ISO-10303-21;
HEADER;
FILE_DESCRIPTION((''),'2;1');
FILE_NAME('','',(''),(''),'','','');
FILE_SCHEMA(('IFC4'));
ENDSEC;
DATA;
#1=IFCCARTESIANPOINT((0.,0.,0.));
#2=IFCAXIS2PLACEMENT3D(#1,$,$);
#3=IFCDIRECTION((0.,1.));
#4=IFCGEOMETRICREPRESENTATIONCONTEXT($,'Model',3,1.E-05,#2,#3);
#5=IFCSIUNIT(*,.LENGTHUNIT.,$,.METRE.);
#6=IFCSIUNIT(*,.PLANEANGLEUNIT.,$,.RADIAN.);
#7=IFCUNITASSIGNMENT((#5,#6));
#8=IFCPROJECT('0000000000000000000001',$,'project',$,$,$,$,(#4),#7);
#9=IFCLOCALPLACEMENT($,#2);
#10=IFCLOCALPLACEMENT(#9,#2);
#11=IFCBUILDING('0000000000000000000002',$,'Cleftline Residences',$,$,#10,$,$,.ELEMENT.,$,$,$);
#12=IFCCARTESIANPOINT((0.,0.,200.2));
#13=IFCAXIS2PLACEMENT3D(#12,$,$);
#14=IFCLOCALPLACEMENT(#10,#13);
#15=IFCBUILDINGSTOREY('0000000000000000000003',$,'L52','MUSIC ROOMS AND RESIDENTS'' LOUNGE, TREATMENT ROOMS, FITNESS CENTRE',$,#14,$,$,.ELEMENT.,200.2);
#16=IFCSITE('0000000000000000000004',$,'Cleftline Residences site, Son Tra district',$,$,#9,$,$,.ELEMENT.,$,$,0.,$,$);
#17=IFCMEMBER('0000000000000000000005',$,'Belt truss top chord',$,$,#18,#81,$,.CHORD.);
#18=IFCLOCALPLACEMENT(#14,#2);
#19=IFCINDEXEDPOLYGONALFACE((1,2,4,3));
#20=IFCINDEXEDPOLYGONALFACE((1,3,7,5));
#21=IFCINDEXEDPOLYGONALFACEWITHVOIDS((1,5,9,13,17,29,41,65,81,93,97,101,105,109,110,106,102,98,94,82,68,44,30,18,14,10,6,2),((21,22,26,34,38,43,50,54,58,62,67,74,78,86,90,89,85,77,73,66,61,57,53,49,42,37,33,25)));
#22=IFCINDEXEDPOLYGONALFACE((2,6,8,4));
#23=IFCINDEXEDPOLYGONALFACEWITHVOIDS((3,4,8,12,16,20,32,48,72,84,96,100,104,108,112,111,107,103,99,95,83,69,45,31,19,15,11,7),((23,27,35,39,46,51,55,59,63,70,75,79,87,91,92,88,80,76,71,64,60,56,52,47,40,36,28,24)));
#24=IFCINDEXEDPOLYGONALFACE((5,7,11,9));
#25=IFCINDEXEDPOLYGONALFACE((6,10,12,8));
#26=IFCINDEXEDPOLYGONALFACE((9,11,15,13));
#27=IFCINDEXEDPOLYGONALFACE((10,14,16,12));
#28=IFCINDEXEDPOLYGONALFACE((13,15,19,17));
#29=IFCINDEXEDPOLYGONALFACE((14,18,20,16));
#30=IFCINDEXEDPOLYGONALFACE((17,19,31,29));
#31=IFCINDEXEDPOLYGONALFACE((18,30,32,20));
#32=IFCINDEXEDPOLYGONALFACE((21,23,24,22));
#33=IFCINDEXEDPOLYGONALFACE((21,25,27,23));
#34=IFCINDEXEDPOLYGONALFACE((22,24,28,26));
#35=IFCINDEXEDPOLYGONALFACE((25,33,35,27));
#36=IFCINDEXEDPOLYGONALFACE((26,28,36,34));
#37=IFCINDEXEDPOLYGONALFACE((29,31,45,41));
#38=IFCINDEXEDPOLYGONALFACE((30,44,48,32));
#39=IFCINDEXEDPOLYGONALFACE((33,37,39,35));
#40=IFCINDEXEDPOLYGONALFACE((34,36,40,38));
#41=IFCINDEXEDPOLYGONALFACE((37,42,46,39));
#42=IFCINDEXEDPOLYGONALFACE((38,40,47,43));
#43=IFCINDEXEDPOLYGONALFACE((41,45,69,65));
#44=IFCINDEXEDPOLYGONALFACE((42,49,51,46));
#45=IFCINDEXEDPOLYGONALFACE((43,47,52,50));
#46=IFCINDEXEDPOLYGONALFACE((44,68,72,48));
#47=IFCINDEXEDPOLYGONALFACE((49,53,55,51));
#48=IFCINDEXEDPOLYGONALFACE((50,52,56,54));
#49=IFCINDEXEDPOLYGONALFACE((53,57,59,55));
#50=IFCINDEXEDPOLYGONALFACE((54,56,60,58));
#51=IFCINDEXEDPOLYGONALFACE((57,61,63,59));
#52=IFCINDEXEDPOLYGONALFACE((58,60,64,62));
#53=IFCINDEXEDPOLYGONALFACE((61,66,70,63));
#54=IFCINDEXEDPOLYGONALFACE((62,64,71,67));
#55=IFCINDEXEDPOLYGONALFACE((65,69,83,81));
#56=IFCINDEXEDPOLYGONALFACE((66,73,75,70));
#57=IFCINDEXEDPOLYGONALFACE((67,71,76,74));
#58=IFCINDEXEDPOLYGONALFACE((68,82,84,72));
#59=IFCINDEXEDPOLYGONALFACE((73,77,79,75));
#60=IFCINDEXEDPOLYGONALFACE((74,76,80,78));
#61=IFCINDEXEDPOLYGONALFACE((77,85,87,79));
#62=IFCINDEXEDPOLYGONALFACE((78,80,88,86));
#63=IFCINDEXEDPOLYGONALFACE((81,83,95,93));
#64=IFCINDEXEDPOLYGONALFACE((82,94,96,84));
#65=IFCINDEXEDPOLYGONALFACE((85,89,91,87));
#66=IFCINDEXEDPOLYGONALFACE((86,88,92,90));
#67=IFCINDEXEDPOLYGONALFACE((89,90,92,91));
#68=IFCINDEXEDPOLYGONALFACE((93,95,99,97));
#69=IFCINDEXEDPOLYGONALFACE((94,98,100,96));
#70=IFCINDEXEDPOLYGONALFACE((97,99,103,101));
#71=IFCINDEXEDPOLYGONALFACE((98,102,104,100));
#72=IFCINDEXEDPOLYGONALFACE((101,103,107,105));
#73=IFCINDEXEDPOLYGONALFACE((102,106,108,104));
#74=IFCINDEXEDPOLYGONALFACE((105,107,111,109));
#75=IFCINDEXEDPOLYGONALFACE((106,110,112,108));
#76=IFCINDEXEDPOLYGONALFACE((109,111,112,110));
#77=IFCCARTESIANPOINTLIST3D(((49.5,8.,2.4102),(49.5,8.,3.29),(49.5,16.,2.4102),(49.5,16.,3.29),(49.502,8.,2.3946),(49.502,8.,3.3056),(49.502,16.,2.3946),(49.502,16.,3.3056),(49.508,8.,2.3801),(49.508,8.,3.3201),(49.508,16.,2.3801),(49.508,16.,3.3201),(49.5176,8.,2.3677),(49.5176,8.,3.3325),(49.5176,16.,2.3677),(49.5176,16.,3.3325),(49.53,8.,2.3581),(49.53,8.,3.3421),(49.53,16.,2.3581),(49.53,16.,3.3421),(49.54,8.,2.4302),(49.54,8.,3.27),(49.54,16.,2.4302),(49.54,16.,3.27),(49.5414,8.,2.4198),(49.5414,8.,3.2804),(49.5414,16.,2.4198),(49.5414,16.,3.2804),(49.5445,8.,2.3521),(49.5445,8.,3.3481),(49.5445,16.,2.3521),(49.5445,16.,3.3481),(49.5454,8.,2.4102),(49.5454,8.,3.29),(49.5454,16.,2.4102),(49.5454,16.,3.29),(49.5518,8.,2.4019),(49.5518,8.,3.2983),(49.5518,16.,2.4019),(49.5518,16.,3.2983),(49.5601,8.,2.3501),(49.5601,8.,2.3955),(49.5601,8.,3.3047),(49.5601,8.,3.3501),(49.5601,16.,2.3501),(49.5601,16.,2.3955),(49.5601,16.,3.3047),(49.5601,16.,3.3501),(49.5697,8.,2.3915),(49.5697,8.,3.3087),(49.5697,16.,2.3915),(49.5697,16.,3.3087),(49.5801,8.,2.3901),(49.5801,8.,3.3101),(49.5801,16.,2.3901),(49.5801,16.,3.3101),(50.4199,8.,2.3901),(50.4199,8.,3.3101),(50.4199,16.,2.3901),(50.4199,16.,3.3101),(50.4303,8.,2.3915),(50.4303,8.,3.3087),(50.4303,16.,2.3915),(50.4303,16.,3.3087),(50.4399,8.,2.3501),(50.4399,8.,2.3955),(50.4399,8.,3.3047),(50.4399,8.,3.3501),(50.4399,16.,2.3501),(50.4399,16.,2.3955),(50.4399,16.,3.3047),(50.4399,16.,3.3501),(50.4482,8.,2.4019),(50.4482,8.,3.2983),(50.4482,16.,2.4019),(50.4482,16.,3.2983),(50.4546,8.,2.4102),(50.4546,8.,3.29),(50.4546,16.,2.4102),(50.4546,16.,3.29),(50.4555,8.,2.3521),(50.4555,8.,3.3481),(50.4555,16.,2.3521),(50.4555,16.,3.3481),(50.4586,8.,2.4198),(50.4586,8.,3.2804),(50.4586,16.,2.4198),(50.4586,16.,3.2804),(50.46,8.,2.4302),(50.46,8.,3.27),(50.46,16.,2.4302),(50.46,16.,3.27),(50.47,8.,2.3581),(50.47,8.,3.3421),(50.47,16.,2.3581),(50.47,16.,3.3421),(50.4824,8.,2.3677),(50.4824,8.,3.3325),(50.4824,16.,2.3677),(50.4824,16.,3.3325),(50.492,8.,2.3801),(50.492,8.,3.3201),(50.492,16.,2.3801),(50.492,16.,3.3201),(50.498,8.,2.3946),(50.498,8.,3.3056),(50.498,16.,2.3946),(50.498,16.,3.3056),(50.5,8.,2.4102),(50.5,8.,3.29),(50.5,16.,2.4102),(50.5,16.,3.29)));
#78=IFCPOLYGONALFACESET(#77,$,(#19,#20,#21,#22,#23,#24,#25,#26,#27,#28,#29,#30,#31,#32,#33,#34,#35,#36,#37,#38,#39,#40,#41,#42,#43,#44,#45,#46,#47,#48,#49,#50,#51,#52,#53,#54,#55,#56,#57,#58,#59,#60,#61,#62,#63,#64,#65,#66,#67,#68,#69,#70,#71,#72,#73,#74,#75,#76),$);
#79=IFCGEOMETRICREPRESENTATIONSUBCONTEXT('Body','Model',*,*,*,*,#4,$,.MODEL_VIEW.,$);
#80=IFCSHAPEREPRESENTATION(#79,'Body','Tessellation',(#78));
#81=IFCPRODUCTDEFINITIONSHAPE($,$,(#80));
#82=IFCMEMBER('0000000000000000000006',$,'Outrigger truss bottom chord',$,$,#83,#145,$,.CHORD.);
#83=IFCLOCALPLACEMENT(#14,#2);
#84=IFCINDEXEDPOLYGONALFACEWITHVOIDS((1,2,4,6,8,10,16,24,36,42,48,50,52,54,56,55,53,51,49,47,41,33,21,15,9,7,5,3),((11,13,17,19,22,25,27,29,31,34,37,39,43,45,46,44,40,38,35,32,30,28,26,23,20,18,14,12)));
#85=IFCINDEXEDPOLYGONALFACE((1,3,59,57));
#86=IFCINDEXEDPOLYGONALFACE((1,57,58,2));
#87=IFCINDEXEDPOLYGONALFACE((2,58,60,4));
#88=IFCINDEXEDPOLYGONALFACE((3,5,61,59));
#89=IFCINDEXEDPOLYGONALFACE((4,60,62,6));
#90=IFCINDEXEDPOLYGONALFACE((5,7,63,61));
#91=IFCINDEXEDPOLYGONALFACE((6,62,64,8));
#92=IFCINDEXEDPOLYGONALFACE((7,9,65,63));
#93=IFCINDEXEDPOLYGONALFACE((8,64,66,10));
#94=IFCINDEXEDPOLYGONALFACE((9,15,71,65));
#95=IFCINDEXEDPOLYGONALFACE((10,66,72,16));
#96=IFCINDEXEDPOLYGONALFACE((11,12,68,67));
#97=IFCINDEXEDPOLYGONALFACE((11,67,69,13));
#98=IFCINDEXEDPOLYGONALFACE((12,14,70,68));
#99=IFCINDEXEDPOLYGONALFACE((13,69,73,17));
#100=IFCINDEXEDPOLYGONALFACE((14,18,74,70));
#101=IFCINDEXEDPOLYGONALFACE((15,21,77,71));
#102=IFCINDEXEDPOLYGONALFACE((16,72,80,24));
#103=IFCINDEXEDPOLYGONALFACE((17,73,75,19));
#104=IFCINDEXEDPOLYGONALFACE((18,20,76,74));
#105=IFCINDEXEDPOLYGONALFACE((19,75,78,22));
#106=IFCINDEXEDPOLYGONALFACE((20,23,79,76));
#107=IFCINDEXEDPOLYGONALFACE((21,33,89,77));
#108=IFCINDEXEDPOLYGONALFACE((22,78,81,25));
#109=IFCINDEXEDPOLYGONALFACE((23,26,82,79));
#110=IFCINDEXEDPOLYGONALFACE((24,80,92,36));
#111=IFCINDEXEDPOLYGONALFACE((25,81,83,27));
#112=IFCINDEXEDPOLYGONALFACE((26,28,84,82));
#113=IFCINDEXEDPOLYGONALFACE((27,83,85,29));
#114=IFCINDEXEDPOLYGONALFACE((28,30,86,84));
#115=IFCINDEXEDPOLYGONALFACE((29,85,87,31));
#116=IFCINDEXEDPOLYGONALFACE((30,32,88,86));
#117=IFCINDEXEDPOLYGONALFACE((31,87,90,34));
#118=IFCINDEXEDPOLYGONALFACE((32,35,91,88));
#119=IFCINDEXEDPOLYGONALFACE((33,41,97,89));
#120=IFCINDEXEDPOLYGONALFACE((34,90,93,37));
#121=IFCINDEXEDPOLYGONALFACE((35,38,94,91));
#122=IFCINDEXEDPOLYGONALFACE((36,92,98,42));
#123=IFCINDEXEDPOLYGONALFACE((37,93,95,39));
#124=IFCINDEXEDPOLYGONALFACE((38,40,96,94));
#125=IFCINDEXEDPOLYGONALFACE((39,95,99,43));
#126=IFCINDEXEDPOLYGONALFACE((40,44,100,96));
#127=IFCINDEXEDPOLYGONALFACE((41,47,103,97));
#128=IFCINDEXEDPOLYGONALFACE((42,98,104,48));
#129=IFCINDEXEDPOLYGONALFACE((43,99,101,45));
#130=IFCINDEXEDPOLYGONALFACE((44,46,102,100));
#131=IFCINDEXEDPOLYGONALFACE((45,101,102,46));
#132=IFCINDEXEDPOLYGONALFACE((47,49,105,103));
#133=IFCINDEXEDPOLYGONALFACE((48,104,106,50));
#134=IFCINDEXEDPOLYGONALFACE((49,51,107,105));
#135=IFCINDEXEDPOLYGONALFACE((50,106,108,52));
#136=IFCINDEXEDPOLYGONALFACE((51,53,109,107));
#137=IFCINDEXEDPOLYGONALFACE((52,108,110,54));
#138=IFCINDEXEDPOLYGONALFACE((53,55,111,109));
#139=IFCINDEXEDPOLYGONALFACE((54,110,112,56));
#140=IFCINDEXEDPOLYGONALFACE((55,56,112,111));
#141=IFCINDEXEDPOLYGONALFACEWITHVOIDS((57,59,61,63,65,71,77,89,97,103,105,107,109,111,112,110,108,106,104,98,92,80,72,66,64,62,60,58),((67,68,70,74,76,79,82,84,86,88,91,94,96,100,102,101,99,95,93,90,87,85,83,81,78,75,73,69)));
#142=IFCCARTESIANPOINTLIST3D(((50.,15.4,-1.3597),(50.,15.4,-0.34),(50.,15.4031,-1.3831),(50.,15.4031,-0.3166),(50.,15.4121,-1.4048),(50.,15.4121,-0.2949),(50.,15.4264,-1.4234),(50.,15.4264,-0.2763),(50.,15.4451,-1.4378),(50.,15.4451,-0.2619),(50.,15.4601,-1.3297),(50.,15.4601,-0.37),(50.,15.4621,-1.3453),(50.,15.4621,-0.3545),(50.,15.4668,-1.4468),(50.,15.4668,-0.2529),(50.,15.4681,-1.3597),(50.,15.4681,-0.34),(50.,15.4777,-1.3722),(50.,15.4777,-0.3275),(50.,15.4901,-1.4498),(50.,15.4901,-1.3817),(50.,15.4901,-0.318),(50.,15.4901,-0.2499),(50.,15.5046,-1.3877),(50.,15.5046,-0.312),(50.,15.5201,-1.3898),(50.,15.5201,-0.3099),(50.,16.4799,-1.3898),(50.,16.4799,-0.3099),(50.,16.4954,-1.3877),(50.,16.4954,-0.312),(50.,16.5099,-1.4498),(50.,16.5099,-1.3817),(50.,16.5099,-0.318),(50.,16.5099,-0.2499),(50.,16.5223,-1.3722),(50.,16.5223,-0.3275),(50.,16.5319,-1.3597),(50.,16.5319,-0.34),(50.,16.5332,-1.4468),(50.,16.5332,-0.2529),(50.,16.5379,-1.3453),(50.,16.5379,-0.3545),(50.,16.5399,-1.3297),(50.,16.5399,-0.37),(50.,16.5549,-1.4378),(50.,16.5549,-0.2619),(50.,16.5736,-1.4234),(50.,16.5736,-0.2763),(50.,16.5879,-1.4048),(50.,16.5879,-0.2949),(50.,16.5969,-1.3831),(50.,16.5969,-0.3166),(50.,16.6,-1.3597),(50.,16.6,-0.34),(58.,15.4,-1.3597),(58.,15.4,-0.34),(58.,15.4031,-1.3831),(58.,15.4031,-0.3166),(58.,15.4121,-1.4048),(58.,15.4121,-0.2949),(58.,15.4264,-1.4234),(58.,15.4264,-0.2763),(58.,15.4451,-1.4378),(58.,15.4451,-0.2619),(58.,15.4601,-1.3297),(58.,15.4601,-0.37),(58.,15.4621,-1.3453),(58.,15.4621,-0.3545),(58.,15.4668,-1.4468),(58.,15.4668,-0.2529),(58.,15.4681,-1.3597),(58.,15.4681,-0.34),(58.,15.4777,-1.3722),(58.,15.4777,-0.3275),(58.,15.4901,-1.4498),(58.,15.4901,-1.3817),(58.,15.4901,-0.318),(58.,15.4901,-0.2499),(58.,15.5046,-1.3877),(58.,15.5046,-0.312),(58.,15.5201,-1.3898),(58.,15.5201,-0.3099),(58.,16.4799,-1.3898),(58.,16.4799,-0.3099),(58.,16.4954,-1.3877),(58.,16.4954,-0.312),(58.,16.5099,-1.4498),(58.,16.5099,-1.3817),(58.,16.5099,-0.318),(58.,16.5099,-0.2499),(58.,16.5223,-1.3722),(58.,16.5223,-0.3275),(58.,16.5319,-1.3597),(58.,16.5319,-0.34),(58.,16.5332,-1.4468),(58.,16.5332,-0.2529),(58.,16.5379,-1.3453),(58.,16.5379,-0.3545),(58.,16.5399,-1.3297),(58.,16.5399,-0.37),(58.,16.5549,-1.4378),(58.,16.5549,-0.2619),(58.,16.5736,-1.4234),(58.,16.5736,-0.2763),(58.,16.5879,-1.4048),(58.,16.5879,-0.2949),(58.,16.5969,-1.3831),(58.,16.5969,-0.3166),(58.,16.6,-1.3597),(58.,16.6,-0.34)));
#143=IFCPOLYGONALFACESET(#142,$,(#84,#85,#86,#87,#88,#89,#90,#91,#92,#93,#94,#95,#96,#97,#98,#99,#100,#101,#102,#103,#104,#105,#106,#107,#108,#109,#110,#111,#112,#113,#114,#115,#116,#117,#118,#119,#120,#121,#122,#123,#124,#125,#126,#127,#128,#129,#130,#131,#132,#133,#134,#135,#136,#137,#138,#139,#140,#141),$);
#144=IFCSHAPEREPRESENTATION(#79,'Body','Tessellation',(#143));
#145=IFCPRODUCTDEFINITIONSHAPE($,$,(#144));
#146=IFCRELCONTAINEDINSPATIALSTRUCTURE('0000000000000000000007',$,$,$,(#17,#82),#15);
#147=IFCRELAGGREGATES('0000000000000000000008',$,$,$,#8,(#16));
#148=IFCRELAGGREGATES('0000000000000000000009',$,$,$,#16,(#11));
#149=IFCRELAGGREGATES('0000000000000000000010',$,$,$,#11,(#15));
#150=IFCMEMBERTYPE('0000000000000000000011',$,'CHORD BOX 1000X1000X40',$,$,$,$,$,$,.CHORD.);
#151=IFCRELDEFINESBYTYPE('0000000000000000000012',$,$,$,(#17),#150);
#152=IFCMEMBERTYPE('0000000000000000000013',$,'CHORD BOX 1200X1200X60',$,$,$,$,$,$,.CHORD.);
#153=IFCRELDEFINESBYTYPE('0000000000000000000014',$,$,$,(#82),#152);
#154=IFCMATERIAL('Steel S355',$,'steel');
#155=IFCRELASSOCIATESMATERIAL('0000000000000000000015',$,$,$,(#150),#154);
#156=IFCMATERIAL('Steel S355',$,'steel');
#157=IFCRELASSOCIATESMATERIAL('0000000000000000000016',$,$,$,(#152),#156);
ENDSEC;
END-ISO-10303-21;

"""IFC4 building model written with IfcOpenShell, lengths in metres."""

from ifc_helpers import new_model, si_unit, direction, frame, origin, origin_2d, place, context, subcontext, project, spatial, hollow_rectangle, extrude, material, material_profile, profile_set, type_object, element, save


model = new_model("IFC4")

# Units and contexts
model_context = context("Model", 3, precision=1e-05, world=origin(), true_north=direction((0.0, 1.0)))
body_context = subcontext(model_context, "Body", "Model", "MODEL_VIEW")
ifc_project = project(units=[si_unit("LENGTHUNIT", "METRE"), si_unit("PLANEANGLEUNIT", "RADIAN")], contexts=[model_context])

# Site, building, storey
site_placement = place(None, origin())
site = spatial("IfcSite", under=ifc_project, at=site_placement, Name="Cleftline Residences site, Son Tra district", CompositionType="ELEMENT", RefElevation=0.0)
building_placement = place(site_placement, origin())
building = spatial("IfcBuilding", under=site, at=building_placement, Name="Cleftline Residences", CompositionType="ELEMENT")
storey_placement = place(building_placement, frame((0.0, 0.0, 200.2)))
storey = spatial("IfcBuildingStorey", under=building, at=storey_placement, Name="L52", Description="MUSIC ROOMS AND RESIDENTS' LOUNGE, TREATMENT ROOMS, FITNESS CENTRE", CompositionType="ELEMENT", Elevation=200.2)

# Members
ifc_material_1 = material(Name="Steel S355", Category="steel")
ifc_material_profile_1 = material_profile(ifc_material_1, hollow_rectangle(XDim=1.0, YDim=1.0, WallThickness=0.04, InnerFilletRadius=0.04, OuterFilletRadius=0.0601, at=origin_2d()))
ifc_profile_set_1 = profile_set([ifc_material_profile_1], Name="Steel S355")
member_type_1 = type_object("IfcMemberType", Name="CHORD BOX 1000X1000X40", PredefinedType="CHORD", material=ifc_profile_set_1)
for number, where, z_axis, x_axis, name in (
    (1, (50.0, 8.0, 2.8501), (0.0, 1.0, 0.0), (-1.0, 0.0, 0.0), "Belt truss top chord"),
):
    element("IfcMember", number, at=place(storey_placement, frame(where, z_axis=z_axis, x_axis=x_axis)), inside=storey, type_object=member_type_1, Name=name, PredefinedType="CHORD", context=body_context, shape_type="SweptSolid", body=[
        extrude(hollow_rectangle(XDim=1.0, YDim=1.0, WallThickness=0.04, InnerFilletRadius=0.04, OuterFilletRadius=0.0601, at=origin_2d()), origin(), (0.0, 0.0, 1.0), 8.0),
    ])
ifc_material_2 = material(Name="Steel S355", Category="steel")
ifc_material_profile_2 = material_profile(ifc_material_2, hollow_rectangle(XDim=1.2, YDim=1.2, WallThickness=0.0601, InnerFilletRadius=0.0601, OuterFilletRadius=0.0901, at=origin_2d()))
ifc_profile_set_2 = profile_set([ifc_material_profile_2], Name="Steel S355")
member_type_2 = type_object("IfcMemberType", Name="CHORD BOX 1200X1200X60", PredefinedType="CHORD", material=ifc_profile_set_2)
for number, where, z_axis, x_axis, name in (
    (2, (50.0, 16.0, -0.8499), (1.0, 0.0, 0.0), (0.0, 1.0, 0.0), "Outrigger truss bottom chord"),
):
    element("IfcMember", number, at=place(storey_placement, frame(where, z_axis=z_axis, x_axis=x_axis)), inside=storey, type_object=member_type_2, Name=name, PredefinedType="CHORD", context=body_context, shape_type="SweptSolid", body=[
        extrude(hollow_rectangle(XDim=1.2, YDim=1.2, WallThickness=0.0601, InnerFilletRadius=0.0601, OuterFilletRadius=0.0901, at=origin_2d()), origin(), (0.0, 0.0, 1.0), 8.0),
    ])

save(model, "model.ifc")
